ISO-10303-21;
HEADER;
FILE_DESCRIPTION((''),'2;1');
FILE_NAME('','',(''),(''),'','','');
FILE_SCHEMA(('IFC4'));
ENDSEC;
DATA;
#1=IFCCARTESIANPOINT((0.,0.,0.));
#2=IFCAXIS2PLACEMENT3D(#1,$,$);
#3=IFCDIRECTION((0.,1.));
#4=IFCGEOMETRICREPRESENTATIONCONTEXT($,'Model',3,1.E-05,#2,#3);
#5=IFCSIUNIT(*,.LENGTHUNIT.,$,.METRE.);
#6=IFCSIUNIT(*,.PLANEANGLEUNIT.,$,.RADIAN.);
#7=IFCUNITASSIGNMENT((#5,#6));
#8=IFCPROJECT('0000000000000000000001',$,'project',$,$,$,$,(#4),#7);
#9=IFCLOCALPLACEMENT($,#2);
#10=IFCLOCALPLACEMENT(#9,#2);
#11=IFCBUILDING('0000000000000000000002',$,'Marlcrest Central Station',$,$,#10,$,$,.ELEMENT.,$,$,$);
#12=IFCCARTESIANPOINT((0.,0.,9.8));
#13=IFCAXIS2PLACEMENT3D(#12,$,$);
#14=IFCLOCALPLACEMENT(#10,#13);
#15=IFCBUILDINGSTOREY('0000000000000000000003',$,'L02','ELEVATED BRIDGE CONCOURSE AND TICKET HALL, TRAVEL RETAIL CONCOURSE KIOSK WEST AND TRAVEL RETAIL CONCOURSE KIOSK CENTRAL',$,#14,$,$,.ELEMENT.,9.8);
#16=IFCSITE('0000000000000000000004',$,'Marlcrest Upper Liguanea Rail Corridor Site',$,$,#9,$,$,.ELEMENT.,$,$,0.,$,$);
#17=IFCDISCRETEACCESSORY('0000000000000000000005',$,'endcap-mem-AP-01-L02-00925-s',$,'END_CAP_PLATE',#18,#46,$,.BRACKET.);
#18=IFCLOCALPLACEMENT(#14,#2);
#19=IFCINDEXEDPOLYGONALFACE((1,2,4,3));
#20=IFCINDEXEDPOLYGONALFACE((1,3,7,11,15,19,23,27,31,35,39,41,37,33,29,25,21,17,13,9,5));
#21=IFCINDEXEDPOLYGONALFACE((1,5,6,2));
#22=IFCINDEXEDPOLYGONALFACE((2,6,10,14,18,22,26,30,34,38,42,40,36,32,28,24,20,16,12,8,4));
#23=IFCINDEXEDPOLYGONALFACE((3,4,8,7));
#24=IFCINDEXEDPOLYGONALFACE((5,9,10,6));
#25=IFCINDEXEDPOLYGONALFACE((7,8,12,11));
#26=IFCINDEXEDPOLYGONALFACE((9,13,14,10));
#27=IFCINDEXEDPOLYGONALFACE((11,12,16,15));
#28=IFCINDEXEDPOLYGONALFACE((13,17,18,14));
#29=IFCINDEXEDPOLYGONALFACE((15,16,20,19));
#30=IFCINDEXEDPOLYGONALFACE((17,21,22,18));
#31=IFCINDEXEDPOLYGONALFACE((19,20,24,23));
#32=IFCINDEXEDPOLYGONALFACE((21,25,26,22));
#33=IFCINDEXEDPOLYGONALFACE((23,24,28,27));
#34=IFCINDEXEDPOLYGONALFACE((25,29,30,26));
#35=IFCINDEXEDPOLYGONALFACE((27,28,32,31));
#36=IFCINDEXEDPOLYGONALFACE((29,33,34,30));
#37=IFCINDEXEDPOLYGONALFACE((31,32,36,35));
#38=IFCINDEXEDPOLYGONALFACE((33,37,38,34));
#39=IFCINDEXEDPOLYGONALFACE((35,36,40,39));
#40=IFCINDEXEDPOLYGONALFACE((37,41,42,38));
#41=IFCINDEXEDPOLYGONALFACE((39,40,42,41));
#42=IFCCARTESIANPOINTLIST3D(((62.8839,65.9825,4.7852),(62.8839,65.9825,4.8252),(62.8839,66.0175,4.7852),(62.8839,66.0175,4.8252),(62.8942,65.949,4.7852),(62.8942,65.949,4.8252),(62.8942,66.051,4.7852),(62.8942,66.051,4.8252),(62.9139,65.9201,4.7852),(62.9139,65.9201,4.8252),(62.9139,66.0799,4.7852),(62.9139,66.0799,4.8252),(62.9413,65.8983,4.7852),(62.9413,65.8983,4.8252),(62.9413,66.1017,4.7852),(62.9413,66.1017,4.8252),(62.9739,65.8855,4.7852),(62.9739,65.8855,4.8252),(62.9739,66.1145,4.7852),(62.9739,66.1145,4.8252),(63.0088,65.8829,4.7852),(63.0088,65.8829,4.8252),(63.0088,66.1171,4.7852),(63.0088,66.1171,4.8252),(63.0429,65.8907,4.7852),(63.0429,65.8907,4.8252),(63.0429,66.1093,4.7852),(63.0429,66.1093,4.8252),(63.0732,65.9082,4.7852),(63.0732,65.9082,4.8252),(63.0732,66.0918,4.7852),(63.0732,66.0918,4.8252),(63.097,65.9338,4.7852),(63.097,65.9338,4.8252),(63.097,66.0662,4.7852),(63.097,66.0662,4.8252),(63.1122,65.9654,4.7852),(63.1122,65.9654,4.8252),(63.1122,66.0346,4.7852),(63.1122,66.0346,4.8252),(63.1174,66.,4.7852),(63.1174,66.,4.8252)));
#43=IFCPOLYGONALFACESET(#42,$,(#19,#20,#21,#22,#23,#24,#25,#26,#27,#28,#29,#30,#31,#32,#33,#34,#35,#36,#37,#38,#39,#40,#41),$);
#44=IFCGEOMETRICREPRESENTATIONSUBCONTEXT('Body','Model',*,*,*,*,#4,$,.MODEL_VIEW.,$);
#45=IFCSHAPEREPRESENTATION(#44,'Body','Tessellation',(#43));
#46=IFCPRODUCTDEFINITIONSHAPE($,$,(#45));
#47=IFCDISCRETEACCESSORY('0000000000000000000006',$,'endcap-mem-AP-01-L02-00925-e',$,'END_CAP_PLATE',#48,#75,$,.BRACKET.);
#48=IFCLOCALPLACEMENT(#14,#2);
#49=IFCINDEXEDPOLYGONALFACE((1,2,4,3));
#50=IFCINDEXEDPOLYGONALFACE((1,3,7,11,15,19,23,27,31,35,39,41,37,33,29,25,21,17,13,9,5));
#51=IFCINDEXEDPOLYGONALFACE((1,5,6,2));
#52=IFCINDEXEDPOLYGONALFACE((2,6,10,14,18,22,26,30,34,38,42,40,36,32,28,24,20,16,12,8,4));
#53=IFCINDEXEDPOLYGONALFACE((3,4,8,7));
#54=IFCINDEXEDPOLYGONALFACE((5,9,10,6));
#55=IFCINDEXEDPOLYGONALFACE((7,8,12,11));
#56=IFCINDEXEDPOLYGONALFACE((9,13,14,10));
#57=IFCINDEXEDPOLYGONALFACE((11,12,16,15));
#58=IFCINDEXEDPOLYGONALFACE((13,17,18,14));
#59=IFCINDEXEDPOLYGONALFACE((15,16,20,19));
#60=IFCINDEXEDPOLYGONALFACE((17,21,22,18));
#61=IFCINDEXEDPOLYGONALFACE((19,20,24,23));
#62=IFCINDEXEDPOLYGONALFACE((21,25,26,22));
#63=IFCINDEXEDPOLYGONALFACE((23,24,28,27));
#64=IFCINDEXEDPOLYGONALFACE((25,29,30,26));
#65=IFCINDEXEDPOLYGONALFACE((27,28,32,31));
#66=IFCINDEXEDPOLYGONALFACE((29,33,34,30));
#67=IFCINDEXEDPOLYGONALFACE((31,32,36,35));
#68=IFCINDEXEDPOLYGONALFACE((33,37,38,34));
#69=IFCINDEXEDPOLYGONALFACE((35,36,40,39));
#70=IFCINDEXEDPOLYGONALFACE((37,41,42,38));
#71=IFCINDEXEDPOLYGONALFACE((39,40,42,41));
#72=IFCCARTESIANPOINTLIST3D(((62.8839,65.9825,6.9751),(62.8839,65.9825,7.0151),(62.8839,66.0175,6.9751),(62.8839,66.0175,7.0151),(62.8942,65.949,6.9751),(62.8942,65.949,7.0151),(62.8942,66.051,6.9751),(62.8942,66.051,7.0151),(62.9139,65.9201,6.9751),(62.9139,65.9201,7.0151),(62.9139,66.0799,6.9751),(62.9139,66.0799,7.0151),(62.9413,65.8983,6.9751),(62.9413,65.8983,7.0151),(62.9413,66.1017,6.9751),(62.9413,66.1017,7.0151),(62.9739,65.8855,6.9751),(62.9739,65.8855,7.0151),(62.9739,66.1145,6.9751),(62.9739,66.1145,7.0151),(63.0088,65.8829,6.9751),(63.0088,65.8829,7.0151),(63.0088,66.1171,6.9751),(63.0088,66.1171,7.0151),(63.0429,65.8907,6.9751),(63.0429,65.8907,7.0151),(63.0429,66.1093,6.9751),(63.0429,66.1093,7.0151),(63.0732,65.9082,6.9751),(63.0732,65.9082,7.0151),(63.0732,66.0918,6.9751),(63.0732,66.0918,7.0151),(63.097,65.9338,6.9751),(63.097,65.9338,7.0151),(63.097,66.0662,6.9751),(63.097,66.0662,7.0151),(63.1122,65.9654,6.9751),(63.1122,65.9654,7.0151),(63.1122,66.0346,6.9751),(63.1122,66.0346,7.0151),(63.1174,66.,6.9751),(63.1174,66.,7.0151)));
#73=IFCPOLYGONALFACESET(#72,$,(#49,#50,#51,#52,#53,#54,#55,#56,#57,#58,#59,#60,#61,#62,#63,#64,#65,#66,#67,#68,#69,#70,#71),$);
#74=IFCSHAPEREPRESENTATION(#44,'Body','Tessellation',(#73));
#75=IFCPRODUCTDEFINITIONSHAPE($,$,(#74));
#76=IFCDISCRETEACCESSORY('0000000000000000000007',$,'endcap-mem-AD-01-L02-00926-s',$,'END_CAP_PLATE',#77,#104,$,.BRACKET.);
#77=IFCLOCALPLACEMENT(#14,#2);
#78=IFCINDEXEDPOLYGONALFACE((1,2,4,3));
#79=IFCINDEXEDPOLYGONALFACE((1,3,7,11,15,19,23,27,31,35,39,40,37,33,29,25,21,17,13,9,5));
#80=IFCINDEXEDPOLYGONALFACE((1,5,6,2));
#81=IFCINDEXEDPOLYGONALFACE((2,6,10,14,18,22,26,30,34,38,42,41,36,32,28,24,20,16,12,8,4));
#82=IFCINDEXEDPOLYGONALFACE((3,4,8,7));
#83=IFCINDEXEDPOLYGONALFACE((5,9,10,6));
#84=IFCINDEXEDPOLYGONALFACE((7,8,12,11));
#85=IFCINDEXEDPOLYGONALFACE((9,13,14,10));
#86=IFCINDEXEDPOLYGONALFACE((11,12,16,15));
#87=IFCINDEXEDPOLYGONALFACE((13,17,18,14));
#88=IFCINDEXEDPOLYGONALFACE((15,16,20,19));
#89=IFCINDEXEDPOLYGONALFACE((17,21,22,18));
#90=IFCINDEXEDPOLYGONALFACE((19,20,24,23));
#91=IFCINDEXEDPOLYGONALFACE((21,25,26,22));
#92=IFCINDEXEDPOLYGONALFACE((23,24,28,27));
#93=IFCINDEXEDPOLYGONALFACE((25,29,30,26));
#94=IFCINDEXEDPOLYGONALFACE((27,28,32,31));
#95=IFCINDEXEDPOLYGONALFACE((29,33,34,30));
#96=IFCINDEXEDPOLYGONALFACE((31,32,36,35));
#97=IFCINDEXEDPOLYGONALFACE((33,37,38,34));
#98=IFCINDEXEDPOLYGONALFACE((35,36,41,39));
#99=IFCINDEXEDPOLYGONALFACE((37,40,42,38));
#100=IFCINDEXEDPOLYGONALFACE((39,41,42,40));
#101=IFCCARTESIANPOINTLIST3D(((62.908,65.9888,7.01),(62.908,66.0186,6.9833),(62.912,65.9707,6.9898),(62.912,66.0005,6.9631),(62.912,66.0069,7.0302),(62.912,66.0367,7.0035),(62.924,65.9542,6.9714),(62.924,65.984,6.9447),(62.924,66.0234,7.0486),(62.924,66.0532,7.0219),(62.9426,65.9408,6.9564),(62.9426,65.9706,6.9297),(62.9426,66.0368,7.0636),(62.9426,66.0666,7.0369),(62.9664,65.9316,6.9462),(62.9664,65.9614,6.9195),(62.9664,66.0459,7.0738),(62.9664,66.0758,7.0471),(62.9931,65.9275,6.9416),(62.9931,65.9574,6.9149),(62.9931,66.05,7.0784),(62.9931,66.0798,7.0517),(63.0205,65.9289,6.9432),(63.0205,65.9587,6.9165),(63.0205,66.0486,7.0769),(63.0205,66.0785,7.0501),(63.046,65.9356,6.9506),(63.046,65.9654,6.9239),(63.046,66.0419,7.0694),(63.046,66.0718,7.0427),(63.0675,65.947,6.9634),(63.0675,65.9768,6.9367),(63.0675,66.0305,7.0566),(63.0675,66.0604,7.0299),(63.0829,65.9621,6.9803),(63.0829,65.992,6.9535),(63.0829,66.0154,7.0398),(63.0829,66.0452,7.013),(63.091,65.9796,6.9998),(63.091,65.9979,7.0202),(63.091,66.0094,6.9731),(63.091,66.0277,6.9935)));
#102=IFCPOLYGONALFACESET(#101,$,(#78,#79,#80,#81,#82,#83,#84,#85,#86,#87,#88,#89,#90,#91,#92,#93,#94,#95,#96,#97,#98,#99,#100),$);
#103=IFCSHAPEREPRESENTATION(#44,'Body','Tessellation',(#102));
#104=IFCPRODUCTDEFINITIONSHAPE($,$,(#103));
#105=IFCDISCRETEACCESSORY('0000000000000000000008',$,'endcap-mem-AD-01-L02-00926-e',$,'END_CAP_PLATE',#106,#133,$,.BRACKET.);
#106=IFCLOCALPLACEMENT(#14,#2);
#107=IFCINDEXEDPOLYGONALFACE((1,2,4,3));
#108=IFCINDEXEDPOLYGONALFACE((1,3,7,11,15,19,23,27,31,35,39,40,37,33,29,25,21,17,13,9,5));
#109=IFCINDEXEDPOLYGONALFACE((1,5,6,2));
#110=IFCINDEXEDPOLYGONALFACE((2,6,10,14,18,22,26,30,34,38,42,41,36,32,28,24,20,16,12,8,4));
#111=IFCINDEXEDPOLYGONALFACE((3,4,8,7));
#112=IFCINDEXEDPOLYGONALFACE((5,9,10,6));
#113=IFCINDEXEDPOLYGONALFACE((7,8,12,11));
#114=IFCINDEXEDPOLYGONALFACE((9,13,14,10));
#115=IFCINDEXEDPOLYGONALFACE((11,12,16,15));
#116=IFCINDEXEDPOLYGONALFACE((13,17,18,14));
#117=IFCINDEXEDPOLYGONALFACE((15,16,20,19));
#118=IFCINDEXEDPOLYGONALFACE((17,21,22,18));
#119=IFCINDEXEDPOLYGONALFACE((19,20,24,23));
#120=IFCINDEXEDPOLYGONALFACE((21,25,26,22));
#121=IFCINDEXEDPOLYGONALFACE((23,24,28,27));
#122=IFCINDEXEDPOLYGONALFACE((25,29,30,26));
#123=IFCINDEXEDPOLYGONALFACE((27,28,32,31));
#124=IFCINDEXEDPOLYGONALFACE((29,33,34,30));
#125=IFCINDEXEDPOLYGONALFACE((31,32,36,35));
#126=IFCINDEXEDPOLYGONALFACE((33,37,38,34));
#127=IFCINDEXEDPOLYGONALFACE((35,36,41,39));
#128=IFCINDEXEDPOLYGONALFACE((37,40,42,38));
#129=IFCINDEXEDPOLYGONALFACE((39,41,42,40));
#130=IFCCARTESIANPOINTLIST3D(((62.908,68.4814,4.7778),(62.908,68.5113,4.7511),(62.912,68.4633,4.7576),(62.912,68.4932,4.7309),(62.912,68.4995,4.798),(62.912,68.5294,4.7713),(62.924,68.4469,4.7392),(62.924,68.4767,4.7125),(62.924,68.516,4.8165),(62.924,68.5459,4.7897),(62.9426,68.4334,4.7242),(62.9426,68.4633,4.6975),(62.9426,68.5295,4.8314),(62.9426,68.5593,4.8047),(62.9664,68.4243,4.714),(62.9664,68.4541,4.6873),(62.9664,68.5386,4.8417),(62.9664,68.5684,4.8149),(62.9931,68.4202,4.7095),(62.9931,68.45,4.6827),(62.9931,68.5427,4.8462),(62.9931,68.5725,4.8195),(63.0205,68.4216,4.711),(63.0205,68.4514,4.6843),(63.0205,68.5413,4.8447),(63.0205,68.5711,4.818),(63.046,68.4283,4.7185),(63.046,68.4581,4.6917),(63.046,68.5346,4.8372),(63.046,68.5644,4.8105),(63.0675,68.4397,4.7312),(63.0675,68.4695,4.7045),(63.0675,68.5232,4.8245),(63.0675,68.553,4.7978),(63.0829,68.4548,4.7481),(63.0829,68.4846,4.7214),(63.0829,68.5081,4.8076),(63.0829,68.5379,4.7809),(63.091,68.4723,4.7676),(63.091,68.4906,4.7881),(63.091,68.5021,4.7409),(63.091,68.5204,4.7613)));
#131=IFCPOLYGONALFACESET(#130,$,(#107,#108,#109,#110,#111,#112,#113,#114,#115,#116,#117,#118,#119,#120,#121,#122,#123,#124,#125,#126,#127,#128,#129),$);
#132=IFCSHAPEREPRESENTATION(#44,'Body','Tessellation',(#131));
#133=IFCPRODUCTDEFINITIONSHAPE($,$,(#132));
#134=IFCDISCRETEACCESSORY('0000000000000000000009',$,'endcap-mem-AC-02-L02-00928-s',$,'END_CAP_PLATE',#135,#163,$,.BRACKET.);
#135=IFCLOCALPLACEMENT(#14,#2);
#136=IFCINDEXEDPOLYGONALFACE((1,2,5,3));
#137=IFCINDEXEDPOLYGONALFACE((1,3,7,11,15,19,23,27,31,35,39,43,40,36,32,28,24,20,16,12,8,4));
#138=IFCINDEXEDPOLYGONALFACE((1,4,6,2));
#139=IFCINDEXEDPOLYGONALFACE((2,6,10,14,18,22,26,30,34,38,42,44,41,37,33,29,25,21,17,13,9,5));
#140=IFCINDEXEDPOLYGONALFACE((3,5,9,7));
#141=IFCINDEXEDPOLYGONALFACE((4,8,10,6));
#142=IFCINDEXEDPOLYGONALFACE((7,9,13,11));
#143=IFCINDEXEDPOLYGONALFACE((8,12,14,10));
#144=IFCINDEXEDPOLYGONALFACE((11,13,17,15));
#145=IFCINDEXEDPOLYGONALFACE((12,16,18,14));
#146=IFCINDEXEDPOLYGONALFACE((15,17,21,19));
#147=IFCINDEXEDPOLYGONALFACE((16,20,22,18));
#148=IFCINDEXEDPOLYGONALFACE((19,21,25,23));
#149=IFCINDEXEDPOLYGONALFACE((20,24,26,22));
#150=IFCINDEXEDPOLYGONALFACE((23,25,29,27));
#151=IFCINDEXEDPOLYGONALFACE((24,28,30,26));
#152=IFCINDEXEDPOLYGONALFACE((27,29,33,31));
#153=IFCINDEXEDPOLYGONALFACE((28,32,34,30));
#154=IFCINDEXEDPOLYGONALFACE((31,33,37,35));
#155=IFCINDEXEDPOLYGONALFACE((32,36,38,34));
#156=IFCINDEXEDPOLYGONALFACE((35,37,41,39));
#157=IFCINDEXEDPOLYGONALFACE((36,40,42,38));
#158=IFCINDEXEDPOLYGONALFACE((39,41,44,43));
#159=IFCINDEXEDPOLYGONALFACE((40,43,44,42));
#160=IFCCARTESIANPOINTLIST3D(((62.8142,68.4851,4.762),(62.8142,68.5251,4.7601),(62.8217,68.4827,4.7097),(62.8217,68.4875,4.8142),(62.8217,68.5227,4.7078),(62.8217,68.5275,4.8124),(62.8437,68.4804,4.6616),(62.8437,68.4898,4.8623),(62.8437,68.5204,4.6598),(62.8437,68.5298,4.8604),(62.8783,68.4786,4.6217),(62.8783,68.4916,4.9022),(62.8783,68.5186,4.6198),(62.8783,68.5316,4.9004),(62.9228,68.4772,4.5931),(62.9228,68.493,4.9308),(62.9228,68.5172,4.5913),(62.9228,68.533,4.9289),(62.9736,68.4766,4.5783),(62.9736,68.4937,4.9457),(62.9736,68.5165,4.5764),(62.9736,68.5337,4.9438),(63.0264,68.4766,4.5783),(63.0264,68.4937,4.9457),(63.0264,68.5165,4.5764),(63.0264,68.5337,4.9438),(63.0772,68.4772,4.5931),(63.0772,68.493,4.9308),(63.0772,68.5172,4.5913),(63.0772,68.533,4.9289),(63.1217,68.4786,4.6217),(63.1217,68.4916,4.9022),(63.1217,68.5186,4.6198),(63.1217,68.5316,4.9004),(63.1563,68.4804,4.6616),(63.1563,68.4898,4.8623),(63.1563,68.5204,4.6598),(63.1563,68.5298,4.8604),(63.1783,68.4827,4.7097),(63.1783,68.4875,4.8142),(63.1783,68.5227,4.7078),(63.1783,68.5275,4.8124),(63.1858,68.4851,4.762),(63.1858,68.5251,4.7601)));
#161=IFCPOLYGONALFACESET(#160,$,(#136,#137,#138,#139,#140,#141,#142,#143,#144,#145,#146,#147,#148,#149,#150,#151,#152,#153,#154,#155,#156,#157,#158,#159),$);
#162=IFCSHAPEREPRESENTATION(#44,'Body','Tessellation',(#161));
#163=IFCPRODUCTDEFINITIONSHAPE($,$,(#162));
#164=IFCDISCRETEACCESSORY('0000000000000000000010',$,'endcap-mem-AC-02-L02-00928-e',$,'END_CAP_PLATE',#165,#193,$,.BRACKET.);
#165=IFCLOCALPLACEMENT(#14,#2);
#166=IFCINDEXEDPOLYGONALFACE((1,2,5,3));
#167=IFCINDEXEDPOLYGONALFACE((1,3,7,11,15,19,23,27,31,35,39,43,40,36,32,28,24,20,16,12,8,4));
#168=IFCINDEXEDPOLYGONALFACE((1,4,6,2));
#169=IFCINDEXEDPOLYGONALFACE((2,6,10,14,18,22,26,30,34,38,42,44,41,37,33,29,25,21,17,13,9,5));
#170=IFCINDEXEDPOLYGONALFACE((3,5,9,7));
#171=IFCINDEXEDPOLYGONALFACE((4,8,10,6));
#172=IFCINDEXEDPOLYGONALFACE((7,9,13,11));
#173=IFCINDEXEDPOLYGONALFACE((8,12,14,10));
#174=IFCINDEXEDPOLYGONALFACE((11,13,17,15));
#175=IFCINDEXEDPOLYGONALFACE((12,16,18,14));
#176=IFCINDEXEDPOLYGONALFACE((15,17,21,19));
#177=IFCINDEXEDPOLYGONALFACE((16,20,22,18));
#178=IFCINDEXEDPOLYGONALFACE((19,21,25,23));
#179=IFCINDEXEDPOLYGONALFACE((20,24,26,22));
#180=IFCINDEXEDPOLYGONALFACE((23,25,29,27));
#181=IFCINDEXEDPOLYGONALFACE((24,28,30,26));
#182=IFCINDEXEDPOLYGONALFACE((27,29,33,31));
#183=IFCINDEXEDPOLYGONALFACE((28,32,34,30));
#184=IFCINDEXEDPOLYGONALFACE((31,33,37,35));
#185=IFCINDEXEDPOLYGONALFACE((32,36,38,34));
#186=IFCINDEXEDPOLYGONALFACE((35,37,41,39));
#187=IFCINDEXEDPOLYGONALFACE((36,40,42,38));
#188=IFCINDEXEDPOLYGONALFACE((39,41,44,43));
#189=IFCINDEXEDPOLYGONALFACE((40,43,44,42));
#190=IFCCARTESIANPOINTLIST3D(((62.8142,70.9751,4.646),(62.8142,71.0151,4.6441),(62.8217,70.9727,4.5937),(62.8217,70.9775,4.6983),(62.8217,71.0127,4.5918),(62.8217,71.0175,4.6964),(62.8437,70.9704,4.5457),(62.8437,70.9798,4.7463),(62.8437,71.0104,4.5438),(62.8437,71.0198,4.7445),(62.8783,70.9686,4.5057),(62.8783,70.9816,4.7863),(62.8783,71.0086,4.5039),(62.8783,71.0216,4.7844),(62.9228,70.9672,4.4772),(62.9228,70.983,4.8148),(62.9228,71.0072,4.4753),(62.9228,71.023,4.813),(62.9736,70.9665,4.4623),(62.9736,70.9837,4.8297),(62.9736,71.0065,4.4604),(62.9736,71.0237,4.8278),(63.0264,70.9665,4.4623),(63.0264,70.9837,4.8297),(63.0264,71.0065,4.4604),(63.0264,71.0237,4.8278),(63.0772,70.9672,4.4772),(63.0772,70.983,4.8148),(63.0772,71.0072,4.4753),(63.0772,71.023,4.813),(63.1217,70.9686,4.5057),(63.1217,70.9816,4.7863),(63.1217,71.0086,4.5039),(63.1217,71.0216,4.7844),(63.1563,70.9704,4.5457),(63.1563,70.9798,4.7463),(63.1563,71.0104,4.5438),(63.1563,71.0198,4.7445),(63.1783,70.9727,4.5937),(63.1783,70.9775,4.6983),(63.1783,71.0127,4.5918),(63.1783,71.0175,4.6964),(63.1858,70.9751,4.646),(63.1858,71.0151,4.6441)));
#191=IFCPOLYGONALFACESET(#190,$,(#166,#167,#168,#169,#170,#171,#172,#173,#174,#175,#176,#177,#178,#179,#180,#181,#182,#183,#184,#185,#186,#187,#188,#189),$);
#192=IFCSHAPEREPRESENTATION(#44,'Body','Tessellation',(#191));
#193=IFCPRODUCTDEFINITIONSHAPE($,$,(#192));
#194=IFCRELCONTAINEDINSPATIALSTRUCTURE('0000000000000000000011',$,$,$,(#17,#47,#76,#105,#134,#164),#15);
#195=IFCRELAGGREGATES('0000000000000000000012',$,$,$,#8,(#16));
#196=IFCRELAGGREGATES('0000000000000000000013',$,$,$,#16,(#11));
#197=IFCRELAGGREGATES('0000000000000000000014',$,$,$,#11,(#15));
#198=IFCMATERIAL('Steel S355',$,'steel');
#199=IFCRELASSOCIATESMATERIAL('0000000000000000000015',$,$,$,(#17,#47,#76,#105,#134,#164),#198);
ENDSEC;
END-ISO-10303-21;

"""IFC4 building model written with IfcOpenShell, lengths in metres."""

from ifc_helpers import new_model, si_unit, direction, frame, origin, origin_2d, place, context, subcontext, project, spatial, circle, extrude, material, element, save


model = new_model("IFC4")

# Units and contexts
model_context = context("Model", 3, precision=1e-05, world=origin(), true_north=direction((0.0, 1.0)))
body_context = subcontext(model_context, "Body", "Model", "MODEL_VIEW")
ifc_project = project(units=[si_unit("LENGTHUNIT", "METRE"), si_unit("PLANEANGLEUNIT", "RADIAN")], contexts=[model_context])

# Site, building, storey
site_placement = place(None, origin())
site = spatial("IfcSite", under=ifc_project, at=site_placement, Name="Marlcrest Upper Liguanea Rail Corridor Site", CompositionType="ELEMENT", RefElevation=0.0)
building_placement = place(site_placement, origin())
building = spatial("IfcBuilding", under=site, at=building_placement, Name="Marlcrest Central Station", CompositionType="ELEMENT")
storey_placement = place(building_placement, frame((0.0, 0.0, 9.8)))
storey = spatial("IfcBuildingStorey", under=building, at=storey_placement, Name="L02", Description="ELEVATED BRIDGE CONCOURSE AND TICKET HALL, TRAVEL RETAIL CONCOURSE KIOSK WEST AND TRAVEL RETAIL CONCOURSE KIOSK CENTRAL", CompositionType="ELEMENT", Elevation=9.8)

# Shared definitions
ifc_material = material(Name="Steel S355", Category="steel")

# Discrete accessories
for number, where, z_axis, x_axis, name in (
    (1, (63.0, 66.0, 4.7852), (0.0, 0.0, 1.0), (1.0, 0.0, 0.0), "endcap-mem-AP-01-L02-00925-s"),
    (2, (63.0, 66.0, 6.9751), (0.0, 0.0, 1.0), (1.0, 0.0, 0.0), "endcap-mem-AP-01-L02-00925-e"),
):
    element("IfcDiscreteAccessory", number, at=place(storey_placement, frame(where, z_axis=z_axis, x_axis=x_axis)), inside=storey, material=ifc_material, Name=name, ObjectType="END_CAP_PLATE", PredefinedType="BRACKET", context=body_context, shape_type="SweptSolid", body=[
        extrude(circle(Radius=0.1174, at=origin_2d()), origin(), (0.0, 0.0, 1.0), 0.04),
    ])
for number, where, z_axis, x_axis, name in (
    (3, (63.0, 65.9888, 7.01), (0.0, 0.744956, -0.667114), (-1.0, 0.0, 0.0), "endcap-mem-AD-01-L02-00926-s"),
    (4, (63.0, 68.4814, 4.7778), (0.0, 0.744956, -0.667114), (-1.0, 0.0, 0.0), "endcap-mem-AD-01-L02-00926-e"),
):
    element("IfcDiscreteAccessory", number, at=place(storey_placement, frame(where, z_axis=z_axis, x_axis=x_axis)), inside=storey, material=ifc_material, Name=name, ObjectType="END_CAP_PLATE", PredefinedType="BRACKET", context=body_context, shape_type="SweptSolid", body=[
        extrude(circle(Radius=0.092, at=origin_2d()), origin(), (0.0, 0.0, 1.0), 0.04),
    ])
for number, where, z_axis, x_axis, name in (
    (5, (63.0, 68.4851, 4.762), (0.0, 0.998917, -0.046532), (-1.0, 0.0, 0.0), "endcap-mem-AC-02-L02-00928-s"),
    (6, (63.0, 70.9751, 4.646), (0.0, 0.998917, -0.046532), (-1.0, 0.0, 0.0), "endcap-mem-AC-02-L02-00928-e"),
):
    element("IfcDiscreteAccessory", number, at=place(storey_placement, frame(where, z_axis=z_axis, x_axis=x_axis)), inside=storey, material=ifc_material, Name=name, ObjectType="END_CAP_PLATE", PredefinedType="BRACKET", context=body_context, shape_type="SweptSolid", body=[
        extrude(circle(Radius=0.1858, at=origin_2d()), origin(), (0.0, 0.0, 1.0), 0.04),
    ])

save(model, "model.ifc")
